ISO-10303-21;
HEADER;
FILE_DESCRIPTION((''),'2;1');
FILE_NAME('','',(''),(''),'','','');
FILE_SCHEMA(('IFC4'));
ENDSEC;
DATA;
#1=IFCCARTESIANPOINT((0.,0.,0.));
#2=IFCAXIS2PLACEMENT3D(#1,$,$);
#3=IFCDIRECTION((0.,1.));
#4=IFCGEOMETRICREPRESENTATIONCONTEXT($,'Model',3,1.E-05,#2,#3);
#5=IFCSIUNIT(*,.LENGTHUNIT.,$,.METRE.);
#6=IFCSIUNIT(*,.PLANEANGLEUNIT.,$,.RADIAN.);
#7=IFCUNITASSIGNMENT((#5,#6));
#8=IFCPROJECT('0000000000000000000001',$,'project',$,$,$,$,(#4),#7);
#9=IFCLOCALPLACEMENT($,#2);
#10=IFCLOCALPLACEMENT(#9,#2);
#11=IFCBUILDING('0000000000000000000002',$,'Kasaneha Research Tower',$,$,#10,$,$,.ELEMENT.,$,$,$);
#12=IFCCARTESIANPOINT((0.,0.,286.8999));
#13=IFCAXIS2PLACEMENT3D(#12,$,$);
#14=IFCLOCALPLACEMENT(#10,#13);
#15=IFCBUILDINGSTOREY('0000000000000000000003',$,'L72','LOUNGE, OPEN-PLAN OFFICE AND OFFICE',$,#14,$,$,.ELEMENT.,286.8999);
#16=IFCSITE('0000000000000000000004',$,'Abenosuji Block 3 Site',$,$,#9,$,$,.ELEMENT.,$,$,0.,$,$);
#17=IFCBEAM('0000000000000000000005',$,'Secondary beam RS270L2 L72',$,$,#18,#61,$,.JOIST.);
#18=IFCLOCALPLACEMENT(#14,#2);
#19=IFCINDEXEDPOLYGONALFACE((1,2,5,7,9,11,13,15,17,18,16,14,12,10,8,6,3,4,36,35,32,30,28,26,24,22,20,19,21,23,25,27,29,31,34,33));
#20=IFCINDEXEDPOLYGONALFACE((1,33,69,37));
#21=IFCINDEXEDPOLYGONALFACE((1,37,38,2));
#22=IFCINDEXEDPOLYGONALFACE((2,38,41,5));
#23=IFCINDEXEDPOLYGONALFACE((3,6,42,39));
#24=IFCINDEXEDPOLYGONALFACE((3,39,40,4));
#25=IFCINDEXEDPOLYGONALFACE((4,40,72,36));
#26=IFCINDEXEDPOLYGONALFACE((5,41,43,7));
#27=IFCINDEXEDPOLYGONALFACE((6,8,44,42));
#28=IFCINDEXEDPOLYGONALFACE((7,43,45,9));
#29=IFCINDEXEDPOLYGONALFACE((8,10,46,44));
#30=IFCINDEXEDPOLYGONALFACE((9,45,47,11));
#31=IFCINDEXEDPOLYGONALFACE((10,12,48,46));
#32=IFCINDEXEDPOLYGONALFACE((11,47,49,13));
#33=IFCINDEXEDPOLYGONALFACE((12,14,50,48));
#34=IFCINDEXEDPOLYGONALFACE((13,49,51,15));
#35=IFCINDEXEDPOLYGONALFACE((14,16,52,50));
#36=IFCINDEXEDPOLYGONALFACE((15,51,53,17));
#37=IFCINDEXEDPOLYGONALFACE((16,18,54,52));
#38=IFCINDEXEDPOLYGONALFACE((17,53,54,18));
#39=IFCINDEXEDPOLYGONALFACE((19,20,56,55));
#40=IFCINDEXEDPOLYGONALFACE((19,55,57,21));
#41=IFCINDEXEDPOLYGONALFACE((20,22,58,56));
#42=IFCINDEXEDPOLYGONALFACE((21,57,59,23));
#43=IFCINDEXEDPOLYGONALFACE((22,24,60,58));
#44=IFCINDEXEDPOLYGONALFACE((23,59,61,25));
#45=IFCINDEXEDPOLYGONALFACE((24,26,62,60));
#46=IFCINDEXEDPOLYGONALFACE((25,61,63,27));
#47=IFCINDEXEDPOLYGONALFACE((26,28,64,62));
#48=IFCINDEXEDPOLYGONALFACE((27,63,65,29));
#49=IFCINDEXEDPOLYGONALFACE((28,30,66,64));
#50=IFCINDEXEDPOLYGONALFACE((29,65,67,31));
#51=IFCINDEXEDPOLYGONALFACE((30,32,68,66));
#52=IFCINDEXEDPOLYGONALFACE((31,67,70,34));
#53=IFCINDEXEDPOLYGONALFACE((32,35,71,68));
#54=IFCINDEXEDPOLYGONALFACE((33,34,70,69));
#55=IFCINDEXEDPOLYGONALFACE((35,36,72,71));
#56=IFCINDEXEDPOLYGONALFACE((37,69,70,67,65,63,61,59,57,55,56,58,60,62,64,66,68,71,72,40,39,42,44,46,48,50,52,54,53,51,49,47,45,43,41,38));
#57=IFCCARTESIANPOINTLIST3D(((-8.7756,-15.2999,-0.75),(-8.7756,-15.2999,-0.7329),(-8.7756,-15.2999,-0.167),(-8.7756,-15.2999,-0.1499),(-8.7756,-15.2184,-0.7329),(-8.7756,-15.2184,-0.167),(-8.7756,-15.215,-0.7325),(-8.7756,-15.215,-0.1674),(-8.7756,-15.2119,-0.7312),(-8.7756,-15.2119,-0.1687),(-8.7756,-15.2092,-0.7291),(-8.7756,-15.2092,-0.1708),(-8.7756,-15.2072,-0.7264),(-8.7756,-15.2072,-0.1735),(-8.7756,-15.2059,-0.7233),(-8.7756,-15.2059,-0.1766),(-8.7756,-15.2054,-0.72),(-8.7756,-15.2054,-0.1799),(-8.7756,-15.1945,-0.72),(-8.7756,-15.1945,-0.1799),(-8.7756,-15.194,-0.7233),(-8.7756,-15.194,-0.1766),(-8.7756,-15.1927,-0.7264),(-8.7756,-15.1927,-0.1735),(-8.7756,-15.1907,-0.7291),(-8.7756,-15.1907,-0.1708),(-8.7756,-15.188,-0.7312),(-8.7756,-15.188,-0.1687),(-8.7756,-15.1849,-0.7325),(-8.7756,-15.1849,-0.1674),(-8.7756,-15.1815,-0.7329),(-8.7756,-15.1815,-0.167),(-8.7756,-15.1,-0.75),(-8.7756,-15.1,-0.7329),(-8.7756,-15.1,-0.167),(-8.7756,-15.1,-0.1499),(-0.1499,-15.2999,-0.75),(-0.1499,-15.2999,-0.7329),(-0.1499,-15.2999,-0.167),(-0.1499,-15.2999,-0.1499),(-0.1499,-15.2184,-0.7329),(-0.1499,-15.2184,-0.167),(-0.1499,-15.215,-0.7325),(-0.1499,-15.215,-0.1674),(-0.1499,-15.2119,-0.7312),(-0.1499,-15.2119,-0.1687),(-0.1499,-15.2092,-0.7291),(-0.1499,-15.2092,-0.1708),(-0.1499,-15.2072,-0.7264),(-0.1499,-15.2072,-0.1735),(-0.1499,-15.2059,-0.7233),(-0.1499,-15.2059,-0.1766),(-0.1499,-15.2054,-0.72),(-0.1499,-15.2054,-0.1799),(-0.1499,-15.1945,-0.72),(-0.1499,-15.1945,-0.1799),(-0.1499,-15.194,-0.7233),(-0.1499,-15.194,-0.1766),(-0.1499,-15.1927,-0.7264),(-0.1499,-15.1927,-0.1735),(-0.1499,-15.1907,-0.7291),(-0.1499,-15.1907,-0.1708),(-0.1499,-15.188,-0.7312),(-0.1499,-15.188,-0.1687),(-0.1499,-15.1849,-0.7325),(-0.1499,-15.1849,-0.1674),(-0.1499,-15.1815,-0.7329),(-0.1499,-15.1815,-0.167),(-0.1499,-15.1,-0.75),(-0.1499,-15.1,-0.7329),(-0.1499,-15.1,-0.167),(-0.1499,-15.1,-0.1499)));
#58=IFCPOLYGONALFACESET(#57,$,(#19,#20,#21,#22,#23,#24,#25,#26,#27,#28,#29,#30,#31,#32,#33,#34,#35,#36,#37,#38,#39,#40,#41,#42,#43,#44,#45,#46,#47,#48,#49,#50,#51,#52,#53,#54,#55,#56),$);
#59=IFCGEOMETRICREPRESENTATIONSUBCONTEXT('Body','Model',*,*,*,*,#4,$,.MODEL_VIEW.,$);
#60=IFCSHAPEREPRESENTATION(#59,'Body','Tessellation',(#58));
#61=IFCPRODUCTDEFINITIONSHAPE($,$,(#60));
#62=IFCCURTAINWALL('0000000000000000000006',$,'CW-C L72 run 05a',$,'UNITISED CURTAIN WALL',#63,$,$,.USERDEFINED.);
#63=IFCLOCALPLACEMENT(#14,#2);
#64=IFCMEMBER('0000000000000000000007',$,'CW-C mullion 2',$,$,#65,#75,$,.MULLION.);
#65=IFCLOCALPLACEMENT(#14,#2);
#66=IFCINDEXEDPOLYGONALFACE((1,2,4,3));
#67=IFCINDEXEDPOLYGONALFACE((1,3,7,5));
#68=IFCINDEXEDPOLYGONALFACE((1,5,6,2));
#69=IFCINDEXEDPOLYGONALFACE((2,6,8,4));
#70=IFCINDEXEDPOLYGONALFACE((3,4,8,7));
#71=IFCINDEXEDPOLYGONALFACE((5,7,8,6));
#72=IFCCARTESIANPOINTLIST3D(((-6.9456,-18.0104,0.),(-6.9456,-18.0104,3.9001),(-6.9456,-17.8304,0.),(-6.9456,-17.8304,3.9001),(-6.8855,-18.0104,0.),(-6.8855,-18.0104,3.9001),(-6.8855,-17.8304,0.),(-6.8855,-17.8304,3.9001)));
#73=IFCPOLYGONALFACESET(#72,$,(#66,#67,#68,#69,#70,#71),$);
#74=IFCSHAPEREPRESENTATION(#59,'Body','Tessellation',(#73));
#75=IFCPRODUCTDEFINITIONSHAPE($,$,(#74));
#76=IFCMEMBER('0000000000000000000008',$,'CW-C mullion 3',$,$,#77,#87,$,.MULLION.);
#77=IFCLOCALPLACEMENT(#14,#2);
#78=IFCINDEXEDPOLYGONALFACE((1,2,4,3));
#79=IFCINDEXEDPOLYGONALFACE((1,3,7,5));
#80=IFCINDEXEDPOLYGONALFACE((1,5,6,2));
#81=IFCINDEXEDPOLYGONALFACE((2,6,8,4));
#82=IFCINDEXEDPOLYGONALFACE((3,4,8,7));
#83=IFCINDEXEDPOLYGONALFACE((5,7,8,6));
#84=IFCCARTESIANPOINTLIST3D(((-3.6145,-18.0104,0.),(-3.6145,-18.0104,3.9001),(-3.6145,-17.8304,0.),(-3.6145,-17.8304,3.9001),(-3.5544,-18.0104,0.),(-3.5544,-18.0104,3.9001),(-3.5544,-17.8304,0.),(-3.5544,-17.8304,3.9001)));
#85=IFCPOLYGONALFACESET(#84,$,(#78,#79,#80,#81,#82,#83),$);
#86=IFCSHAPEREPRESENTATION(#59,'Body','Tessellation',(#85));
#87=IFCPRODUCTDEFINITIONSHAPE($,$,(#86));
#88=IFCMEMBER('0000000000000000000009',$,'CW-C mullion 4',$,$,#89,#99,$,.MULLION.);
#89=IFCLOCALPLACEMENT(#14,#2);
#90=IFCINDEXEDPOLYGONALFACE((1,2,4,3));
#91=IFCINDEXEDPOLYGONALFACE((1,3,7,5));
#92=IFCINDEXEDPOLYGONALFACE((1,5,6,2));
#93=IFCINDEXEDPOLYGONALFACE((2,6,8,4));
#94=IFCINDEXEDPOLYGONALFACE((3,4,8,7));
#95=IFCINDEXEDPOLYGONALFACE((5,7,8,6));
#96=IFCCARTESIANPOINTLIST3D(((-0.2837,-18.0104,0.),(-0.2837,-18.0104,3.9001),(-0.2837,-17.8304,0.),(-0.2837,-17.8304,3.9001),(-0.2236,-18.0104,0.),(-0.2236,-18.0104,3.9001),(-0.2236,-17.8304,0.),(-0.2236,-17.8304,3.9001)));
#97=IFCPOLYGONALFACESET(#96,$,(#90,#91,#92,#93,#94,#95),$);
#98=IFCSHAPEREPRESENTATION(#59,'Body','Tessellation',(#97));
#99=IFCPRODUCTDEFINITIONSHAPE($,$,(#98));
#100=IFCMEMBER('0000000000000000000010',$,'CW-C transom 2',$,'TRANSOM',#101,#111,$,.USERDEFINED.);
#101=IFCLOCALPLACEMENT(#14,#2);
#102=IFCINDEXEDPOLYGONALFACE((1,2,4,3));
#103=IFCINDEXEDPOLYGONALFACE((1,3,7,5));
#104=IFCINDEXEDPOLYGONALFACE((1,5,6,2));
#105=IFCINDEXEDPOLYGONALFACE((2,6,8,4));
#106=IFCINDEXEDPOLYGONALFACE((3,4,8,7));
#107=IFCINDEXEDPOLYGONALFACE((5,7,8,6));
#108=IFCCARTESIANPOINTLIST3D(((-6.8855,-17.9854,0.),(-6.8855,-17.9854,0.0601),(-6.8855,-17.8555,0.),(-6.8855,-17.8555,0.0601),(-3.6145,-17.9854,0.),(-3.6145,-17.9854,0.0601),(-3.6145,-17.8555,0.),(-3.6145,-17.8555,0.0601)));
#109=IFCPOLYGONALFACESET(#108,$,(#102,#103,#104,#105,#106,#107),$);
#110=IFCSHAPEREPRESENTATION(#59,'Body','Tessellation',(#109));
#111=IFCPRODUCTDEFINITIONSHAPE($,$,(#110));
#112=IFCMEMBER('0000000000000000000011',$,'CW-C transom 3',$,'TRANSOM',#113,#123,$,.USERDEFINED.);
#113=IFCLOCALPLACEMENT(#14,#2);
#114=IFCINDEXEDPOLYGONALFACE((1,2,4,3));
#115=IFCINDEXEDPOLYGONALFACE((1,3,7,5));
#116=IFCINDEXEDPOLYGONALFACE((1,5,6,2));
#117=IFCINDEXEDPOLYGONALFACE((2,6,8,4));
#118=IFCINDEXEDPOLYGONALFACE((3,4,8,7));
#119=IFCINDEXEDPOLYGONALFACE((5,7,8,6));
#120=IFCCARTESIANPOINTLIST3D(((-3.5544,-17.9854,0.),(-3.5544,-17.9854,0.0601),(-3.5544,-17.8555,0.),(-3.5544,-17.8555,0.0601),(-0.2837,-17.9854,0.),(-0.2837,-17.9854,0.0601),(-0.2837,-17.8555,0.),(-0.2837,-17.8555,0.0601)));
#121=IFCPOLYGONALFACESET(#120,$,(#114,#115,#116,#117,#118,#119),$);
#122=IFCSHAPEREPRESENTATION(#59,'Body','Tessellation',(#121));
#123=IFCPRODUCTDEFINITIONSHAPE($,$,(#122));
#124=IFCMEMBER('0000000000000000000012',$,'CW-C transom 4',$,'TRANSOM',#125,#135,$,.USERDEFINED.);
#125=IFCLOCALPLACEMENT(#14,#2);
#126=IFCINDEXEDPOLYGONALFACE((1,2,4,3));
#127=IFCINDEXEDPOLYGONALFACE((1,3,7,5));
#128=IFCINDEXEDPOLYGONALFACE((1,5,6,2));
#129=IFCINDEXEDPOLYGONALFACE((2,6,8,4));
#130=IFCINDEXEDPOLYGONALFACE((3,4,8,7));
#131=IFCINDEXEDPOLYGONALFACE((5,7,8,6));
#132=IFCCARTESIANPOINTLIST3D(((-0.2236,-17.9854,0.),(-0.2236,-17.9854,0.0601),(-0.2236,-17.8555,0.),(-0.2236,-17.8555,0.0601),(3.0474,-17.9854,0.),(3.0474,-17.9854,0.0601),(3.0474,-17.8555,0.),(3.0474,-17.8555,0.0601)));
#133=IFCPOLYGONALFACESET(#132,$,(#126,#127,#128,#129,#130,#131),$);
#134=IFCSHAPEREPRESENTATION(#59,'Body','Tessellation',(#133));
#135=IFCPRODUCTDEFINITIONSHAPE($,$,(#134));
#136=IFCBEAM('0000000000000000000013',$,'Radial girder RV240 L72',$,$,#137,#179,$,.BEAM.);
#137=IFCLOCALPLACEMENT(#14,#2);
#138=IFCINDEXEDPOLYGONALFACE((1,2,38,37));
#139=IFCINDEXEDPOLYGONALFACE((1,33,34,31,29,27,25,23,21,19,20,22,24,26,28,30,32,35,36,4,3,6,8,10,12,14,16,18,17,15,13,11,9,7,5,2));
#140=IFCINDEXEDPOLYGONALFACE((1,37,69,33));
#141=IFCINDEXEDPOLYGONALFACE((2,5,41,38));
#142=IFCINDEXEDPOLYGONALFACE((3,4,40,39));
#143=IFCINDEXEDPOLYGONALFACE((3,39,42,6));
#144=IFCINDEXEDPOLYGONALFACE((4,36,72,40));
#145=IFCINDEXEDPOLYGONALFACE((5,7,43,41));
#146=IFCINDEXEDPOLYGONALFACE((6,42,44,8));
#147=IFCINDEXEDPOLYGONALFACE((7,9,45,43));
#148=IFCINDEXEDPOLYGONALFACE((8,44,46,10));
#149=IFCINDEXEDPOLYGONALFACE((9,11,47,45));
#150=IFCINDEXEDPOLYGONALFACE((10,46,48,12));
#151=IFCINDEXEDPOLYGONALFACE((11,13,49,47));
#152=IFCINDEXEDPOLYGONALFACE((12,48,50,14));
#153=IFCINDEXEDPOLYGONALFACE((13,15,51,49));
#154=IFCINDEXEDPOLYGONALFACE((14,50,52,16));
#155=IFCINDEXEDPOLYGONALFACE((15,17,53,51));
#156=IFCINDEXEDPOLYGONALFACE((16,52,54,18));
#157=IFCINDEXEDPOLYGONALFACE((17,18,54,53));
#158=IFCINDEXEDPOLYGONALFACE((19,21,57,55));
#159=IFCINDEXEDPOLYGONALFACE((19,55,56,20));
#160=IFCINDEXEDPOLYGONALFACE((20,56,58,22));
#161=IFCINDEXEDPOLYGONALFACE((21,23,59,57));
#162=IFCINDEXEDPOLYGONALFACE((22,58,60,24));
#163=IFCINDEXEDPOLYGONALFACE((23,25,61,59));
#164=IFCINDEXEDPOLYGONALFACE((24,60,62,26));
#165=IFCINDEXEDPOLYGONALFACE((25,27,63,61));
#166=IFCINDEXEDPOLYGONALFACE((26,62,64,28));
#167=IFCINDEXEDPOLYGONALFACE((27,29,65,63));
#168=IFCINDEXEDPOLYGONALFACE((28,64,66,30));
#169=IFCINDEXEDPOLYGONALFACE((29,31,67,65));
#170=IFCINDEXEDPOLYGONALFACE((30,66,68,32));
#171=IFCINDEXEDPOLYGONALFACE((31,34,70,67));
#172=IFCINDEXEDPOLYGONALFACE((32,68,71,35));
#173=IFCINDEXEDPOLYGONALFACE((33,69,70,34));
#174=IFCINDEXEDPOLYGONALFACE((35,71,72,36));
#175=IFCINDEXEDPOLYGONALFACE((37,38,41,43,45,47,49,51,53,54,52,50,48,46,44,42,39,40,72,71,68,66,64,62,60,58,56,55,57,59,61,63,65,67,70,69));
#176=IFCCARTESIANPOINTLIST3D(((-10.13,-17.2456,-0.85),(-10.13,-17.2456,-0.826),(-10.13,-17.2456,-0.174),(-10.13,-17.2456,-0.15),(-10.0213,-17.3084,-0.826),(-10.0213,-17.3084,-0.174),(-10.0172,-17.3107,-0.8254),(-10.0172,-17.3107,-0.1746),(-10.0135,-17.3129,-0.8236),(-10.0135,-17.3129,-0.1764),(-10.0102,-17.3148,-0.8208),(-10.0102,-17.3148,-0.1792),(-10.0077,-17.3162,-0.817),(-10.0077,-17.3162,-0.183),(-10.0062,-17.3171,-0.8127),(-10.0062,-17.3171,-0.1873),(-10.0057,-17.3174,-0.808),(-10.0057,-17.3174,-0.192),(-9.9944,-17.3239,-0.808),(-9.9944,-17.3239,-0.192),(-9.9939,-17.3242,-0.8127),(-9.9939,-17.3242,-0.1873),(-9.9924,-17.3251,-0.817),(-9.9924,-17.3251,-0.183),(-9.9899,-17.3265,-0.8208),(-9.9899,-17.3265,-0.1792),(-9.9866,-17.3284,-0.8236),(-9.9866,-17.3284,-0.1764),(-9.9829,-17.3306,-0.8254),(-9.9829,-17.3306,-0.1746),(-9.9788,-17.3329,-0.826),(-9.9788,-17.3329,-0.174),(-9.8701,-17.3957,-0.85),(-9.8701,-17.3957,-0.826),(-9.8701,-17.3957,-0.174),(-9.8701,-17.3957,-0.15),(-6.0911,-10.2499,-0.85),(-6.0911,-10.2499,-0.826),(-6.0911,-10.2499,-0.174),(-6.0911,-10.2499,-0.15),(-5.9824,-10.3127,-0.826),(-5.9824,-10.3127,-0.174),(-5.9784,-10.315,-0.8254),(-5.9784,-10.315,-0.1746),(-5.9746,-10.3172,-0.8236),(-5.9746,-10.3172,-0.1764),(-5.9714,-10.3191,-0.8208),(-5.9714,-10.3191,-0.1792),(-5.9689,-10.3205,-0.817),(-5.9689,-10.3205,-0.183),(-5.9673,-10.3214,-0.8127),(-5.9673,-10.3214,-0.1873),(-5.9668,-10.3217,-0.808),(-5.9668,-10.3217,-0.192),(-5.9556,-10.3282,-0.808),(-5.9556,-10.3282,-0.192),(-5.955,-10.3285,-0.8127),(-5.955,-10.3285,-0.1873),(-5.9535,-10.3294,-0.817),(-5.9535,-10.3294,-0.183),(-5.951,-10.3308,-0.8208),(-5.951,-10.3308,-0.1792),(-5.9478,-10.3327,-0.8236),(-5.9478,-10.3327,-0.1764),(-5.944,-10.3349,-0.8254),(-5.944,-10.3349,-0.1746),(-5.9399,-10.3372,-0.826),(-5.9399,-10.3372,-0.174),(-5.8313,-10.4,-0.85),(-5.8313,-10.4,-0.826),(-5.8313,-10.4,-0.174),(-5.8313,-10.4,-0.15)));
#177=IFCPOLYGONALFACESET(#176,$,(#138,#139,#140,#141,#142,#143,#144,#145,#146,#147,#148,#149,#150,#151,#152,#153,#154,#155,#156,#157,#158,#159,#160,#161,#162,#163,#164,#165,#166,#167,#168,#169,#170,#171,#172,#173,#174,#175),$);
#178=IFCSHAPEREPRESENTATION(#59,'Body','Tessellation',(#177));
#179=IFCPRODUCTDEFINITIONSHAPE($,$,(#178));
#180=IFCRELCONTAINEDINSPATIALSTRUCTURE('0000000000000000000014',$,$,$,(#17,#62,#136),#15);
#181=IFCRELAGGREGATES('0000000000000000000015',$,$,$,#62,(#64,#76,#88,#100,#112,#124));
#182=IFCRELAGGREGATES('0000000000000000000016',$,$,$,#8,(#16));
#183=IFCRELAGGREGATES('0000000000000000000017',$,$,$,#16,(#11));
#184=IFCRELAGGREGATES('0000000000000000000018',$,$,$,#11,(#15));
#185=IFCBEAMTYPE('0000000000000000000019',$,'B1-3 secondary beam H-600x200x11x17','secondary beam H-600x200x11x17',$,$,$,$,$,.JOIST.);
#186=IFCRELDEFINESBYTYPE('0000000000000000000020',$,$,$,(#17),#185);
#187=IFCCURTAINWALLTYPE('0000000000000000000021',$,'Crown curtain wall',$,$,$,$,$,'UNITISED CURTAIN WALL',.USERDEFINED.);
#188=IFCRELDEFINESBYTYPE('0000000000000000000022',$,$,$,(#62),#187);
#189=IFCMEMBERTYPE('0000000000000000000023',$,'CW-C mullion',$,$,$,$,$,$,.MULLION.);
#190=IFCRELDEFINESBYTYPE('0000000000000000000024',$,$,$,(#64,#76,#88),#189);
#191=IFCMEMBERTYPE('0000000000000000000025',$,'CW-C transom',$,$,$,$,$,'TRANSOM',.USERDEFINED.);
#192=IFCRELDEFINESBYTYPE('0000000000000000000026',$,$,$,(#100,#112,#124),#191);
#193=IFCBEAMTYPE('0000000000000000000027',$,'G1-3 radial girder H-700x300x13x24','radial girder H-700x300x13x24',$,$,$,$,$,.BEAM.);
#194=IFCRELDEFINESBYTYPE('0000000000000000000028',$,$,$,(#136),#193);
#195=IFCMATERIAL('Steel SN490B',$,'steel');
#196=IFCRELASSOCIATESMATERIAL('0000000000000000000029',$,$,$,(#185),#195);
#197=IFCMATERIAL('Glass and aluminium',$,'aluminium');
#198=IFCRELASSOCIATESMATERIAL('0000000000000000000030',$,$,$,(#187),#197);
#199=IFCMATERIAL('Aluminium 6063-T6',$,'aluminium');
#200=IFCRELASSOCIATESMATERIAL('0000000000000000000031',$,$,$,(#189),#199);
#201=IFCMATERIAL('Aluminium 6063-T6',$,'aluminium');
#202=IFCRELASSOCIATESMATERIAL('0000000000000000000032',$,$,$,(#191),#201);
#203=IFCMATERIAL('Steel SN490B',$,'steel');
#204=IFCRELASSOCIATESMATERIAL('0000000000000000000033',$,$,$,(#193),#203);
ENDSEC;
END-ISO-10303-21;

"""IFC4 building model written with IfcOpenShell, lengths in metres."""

from ifc_helpers import new_model, si_unit, direction, frame, origin, origin_2d, place, context, subcontext, project, spatial, rectangle, i_section, extrude, material, material_profile, profile_set, type_object, element, aggregate, save


model = new_model("IFC4")

# Units and contexts
model_context = context("Model", 3, precision=1e-05, world=origin(), true_north=direction((0.0, 1.0)))
body_context = subcontext(model_context, "Body", "Model", "MODEL_VIEW")
ifc_project = project(units=[si_unit("LENGTHUNIT", "METRE"), si_unit("PLANEANGLEUNIT", "RADIAN")], contexts=[model_context])

# Site, building, storey
site_placement = place(None, origin())
site = spatial("IfcSite", under=ifc_project, at=site_placement, Name="Abenosuji Block 3 Site", CompositionType="ELEMENT", RefElevation=0.0)
building_placement = place(site_placement, origin())
building = spatial("IfcBuilding", under=site, at=building_placement, Name="Kasaneha Research Tower", CompositionType="ELEMENT")
storey_placement = place(building_placement, frame((0.0, 0.0, 286.8999)))
storey = spatial("IfcBuildingStorey", under=building, at=storey_placement, Name="L72", Description="LOUNGE, OPEN-PLAN OFFICE AND OFFICE", CompositionType="ELEMENT", Elevation=286.8999)

# Beam
ifc_material_1 = material(Name="Steel SN490B", Category="steel")
ifc_material_profile_1 = material_profile(ifc_material_1, i_section(OverallWidth=0.2, OverallDepth=0.6001, WebThickness=0.011, FlangeThickness=0.0171, FilletRadius=0.0129, at=origin_2d()), Name="H-600x200x11x17")
ifc_profile_set_1 = profile_set([ifc_material_profile_1], Name="Steel SN490B")
beam_type_1 = type_object("IfcBeamType", Name="B1-3 secondary beam H-600x200x11x17", Description="secondary beam H-600x200x11x17", PredefinedType="JOIST", material=ifc_profile_set_1)
beam_1_placement = place(storey_placement, frame((-8.7756, -15.2, -0.45), z_axis=(1.0, 0.0, 0.0), x_axis=(0.0, 1.0, 0.0)))
element("IfcBeam", 1, at=beam_1_placement, inside=storey, type_object=beam_type_1, Name="Secondary beam RS270L2 L72", PredefinedType="JOIST", context=body_context, shape_type="SweptSolid", body=[
    extrude(i_section(OverallWidth=0.2, OverallDepth=0.6001, WebThickness=0.011, FlangeThickness=0.0171, FilletRadius=0.0129, at=origin_2d()), origin(), (0.0, 0.0, 1.0), 8.6257),
])

# Curtain wall, members
ifc_material_2 = material(Name="Glass and aluminium", Category="aluminium")
curtain_wall_type = type_object("IfcCurtainWallType", Name="Crown curtain wall", ElementType="UNITISED CURTAIN WALL", PredefinedType="USERDEFINED", material=ifc_material_2)
curtain_wall_placement = place(storey_placement, origin())
curtain_wall = element("IfcCurtainWall", 2, at=curtain_wall_placement, inside=storey, type_object=curtain_wall_type, Name="CW-C L72 run 05a", ObjectType="UNITISED CURTAIN WALL", PredefinedType="USERDEFINED")
ifc_material_3 = material(Name="Aluminium 6063-T6", Category="aluminium")
ifc_material_profile_2 = material_profile(ifc_material_3, rectangle(XDim=0.0601, YDim=0.1799, at=origin_2d()), Name="CW-C mullion 60x180")
ifc_profile_set_2 = profile_set([ifc_material_profile_2], Name="Aluminium 6063-T6")
member_type_1 = type_object("IfcMemberType", Name="CW-C mullion", PredefinedType="MULLION", material=ifc_profile_set_2)
member_1_placement = place(storey_placement, frame((-6.9155, -17.9204, 0.0), z_axis=(0.0, 0.0, 1.0), x_axis=(1.0, 0.0, 0.0)))
member_1 = element("IfcMember", 3, at=member_1_placement, type_object=member_type_1, Name="CW-C mullion 2", PredefinedType="MULLION", context=body_context, shape_type="SweptSolid", body=[
    extrude(rectangle(XDim=0.0601, YDim=0.1799, at=origin_2d()), origin(), (0.0, 0.0, 1.0), 3.9001),
])
member_2_placement = place(storey_placement, frame((-3.5845, -17.9204, 0.0), z_axis=(0.0, 0.0, 1.0), x_axis=(1.0, 0.0, 0.0)))
member_2 = element("IfcMember", 4, at=member_2_placement, type_object=member_type_1, Name="CW-C mullion 3", PredefinedType="MULLION", context=body_context, shape_type="SweptSolid", body=[
    extrude(rectangle(XDim=0.0601, YDim=0.1799, at=origin_2d()), origin(), (0.0, 0.0, 1.0), 3.9001),
])
member_3_placement = place(storey_placement, frame((-0.2537, -17.9204, 0.0), z_axis=(0.0, 0.0, 1.0), x_axis=(1.0, 0.0, 0.0)))
member_3 = element("IfcMember", 5, at=member_3_placement, type_object=member_type_1, Name="CW-C mullion 4", PredefinedType="MULLION", context=body_context, shape_type="SweptSolid", body=[
    extrude(rectangle(XDim=0.0601, YDim=0.1799, at=origin_2d()), origin(), (0.0, 0.0, 1.0), 3.9001),
])
ifc_material_4 = material(Name="Aluminium 6063-T6", Category="aluminium")
ifc_material_profile_3 = material_profile(ifc_material_4, rectangle(XDim=0.1299, YDim=0.0601, at=origin_2d()), Name="CW-C transom 130x60")
ifc_profile_set_3 = profile_set([ifc_material_profile_3], Name="Aluminium 6063-T6")
member_type_2 = type_object("IfcMemberType", Name="CW-C transom", ElementType="TRANSOM", PredefinedType="USERDEFINED", material=ifc_profile_set_3)
member_4_placement = place(storey_placement, frame((-6.8855, -17.9204, 0.03), z_axis=(1.0, 0.0, 0.0), x_axis=(0.0, 1.0, 0.0)))
member_4 = element("IfcMember", 6, at=member_4_placement, type_object=member_type_2, Name="CW-C transom 2", ObjectType="TRANSOM", PredefinedType="USERDEFINED", context=body_context, shape_type="SweptSolid", body=[
    extrude(rectangle(XDim=0.1299, YDim=0.0601, at=origin_2d()), origin(), (0.0, 0.0, 1.0), 3.271),
])
member_5_placement = place(storey_placement, frame((-3.5544, -17.9204, 0.03), z_axis=(1.0, 0.0, 0.0), x_axis=(0.0, 1.0, 0.0)))
member_5 = element("IfcMember", 7, at=member_5_placement, type_object=member_type_2, Name="CW-C transom 3", ObjectType="TRANSOM", PredefinedType="USERDEFINED", context=body_context, shape_type="SweptSolid", body=[
    extrude(rectangle(XDim=0.1299, YDim=0.0601, at=origin_2d()), origin(), (0.0, 0.0, 1.0), 3.2708),
])
member_6_placement = place(storey_placement, frame((-0.2236, -17.9204, 0.03), z_axis=(1.0, 0.0, 0.0), x_axis=(0.0, 1.0, 0.0)))
member_6 = element("IfcMember", 8, at=member_6_placement, type_object=member_type_2, Name="CW-C transom 4", ObjectType="TRANSOM", PredefinedType="USERDEFINED", context=body_context, shape_type="SweptSolid", body=[
    extrude(rectangle(XDim=0.1299, YDim=0.0601, at=origin_2d()), origin(), (0.0, 0.0, 1.0), 3.271),
])

# Beam
ifc_material_5 = material(Name="Steel SN490B", Category="steel")
ifc_material_profile_4 = material_profile(ifc_material_5, i_section(OverallWidth=0.3, OverallDepth=0.7, WebThickness=0.0129, FlangeThickness=0.0239, FilletRadius=0.0181, at=origin_2d()), Name="H-700x300x13x24")
ifc_profile_set_4 = profile_set([ifc_material_profile_4], Name="Steel SN490B")
beam_type_2 = type_object("IfcBeamType", Name="G1-3 radial girder H-700x300x13x24", Description="radial girder H-700x300x13x24", PredefinedType="BEAM", material=ifc_profile_set_4)
beam_2_placement = place(storey_placement, frame((-5.9612, -10.325, -0.5), z_axis=(-0.499991, -0.866031, 0.0), x_axis=(0.866031, -0.499991, 0.0)))
element("IfcBeam", 9, at=beam_2_placement, inside=storey, type_object=beam_type_2, Name="Radial girder RV240 L72", PredefinedType="BEAM", context=body_context, shape_type="SweptSolid", body=[
    extrude(i_section(OverallWidth=0.3, OverallDepth=0.7, WebThickness=0.0129, FlangeThickness=0.0239, FilletRadius=0.0181, at=origin_2d()), origin(), (0.0, 0.0, 1.0), 8.0779),
])

aggregate(curtain_wall, [member_1, member_2, member_3, member_4, member_5, member_6])

save(model, "model.ifc")
